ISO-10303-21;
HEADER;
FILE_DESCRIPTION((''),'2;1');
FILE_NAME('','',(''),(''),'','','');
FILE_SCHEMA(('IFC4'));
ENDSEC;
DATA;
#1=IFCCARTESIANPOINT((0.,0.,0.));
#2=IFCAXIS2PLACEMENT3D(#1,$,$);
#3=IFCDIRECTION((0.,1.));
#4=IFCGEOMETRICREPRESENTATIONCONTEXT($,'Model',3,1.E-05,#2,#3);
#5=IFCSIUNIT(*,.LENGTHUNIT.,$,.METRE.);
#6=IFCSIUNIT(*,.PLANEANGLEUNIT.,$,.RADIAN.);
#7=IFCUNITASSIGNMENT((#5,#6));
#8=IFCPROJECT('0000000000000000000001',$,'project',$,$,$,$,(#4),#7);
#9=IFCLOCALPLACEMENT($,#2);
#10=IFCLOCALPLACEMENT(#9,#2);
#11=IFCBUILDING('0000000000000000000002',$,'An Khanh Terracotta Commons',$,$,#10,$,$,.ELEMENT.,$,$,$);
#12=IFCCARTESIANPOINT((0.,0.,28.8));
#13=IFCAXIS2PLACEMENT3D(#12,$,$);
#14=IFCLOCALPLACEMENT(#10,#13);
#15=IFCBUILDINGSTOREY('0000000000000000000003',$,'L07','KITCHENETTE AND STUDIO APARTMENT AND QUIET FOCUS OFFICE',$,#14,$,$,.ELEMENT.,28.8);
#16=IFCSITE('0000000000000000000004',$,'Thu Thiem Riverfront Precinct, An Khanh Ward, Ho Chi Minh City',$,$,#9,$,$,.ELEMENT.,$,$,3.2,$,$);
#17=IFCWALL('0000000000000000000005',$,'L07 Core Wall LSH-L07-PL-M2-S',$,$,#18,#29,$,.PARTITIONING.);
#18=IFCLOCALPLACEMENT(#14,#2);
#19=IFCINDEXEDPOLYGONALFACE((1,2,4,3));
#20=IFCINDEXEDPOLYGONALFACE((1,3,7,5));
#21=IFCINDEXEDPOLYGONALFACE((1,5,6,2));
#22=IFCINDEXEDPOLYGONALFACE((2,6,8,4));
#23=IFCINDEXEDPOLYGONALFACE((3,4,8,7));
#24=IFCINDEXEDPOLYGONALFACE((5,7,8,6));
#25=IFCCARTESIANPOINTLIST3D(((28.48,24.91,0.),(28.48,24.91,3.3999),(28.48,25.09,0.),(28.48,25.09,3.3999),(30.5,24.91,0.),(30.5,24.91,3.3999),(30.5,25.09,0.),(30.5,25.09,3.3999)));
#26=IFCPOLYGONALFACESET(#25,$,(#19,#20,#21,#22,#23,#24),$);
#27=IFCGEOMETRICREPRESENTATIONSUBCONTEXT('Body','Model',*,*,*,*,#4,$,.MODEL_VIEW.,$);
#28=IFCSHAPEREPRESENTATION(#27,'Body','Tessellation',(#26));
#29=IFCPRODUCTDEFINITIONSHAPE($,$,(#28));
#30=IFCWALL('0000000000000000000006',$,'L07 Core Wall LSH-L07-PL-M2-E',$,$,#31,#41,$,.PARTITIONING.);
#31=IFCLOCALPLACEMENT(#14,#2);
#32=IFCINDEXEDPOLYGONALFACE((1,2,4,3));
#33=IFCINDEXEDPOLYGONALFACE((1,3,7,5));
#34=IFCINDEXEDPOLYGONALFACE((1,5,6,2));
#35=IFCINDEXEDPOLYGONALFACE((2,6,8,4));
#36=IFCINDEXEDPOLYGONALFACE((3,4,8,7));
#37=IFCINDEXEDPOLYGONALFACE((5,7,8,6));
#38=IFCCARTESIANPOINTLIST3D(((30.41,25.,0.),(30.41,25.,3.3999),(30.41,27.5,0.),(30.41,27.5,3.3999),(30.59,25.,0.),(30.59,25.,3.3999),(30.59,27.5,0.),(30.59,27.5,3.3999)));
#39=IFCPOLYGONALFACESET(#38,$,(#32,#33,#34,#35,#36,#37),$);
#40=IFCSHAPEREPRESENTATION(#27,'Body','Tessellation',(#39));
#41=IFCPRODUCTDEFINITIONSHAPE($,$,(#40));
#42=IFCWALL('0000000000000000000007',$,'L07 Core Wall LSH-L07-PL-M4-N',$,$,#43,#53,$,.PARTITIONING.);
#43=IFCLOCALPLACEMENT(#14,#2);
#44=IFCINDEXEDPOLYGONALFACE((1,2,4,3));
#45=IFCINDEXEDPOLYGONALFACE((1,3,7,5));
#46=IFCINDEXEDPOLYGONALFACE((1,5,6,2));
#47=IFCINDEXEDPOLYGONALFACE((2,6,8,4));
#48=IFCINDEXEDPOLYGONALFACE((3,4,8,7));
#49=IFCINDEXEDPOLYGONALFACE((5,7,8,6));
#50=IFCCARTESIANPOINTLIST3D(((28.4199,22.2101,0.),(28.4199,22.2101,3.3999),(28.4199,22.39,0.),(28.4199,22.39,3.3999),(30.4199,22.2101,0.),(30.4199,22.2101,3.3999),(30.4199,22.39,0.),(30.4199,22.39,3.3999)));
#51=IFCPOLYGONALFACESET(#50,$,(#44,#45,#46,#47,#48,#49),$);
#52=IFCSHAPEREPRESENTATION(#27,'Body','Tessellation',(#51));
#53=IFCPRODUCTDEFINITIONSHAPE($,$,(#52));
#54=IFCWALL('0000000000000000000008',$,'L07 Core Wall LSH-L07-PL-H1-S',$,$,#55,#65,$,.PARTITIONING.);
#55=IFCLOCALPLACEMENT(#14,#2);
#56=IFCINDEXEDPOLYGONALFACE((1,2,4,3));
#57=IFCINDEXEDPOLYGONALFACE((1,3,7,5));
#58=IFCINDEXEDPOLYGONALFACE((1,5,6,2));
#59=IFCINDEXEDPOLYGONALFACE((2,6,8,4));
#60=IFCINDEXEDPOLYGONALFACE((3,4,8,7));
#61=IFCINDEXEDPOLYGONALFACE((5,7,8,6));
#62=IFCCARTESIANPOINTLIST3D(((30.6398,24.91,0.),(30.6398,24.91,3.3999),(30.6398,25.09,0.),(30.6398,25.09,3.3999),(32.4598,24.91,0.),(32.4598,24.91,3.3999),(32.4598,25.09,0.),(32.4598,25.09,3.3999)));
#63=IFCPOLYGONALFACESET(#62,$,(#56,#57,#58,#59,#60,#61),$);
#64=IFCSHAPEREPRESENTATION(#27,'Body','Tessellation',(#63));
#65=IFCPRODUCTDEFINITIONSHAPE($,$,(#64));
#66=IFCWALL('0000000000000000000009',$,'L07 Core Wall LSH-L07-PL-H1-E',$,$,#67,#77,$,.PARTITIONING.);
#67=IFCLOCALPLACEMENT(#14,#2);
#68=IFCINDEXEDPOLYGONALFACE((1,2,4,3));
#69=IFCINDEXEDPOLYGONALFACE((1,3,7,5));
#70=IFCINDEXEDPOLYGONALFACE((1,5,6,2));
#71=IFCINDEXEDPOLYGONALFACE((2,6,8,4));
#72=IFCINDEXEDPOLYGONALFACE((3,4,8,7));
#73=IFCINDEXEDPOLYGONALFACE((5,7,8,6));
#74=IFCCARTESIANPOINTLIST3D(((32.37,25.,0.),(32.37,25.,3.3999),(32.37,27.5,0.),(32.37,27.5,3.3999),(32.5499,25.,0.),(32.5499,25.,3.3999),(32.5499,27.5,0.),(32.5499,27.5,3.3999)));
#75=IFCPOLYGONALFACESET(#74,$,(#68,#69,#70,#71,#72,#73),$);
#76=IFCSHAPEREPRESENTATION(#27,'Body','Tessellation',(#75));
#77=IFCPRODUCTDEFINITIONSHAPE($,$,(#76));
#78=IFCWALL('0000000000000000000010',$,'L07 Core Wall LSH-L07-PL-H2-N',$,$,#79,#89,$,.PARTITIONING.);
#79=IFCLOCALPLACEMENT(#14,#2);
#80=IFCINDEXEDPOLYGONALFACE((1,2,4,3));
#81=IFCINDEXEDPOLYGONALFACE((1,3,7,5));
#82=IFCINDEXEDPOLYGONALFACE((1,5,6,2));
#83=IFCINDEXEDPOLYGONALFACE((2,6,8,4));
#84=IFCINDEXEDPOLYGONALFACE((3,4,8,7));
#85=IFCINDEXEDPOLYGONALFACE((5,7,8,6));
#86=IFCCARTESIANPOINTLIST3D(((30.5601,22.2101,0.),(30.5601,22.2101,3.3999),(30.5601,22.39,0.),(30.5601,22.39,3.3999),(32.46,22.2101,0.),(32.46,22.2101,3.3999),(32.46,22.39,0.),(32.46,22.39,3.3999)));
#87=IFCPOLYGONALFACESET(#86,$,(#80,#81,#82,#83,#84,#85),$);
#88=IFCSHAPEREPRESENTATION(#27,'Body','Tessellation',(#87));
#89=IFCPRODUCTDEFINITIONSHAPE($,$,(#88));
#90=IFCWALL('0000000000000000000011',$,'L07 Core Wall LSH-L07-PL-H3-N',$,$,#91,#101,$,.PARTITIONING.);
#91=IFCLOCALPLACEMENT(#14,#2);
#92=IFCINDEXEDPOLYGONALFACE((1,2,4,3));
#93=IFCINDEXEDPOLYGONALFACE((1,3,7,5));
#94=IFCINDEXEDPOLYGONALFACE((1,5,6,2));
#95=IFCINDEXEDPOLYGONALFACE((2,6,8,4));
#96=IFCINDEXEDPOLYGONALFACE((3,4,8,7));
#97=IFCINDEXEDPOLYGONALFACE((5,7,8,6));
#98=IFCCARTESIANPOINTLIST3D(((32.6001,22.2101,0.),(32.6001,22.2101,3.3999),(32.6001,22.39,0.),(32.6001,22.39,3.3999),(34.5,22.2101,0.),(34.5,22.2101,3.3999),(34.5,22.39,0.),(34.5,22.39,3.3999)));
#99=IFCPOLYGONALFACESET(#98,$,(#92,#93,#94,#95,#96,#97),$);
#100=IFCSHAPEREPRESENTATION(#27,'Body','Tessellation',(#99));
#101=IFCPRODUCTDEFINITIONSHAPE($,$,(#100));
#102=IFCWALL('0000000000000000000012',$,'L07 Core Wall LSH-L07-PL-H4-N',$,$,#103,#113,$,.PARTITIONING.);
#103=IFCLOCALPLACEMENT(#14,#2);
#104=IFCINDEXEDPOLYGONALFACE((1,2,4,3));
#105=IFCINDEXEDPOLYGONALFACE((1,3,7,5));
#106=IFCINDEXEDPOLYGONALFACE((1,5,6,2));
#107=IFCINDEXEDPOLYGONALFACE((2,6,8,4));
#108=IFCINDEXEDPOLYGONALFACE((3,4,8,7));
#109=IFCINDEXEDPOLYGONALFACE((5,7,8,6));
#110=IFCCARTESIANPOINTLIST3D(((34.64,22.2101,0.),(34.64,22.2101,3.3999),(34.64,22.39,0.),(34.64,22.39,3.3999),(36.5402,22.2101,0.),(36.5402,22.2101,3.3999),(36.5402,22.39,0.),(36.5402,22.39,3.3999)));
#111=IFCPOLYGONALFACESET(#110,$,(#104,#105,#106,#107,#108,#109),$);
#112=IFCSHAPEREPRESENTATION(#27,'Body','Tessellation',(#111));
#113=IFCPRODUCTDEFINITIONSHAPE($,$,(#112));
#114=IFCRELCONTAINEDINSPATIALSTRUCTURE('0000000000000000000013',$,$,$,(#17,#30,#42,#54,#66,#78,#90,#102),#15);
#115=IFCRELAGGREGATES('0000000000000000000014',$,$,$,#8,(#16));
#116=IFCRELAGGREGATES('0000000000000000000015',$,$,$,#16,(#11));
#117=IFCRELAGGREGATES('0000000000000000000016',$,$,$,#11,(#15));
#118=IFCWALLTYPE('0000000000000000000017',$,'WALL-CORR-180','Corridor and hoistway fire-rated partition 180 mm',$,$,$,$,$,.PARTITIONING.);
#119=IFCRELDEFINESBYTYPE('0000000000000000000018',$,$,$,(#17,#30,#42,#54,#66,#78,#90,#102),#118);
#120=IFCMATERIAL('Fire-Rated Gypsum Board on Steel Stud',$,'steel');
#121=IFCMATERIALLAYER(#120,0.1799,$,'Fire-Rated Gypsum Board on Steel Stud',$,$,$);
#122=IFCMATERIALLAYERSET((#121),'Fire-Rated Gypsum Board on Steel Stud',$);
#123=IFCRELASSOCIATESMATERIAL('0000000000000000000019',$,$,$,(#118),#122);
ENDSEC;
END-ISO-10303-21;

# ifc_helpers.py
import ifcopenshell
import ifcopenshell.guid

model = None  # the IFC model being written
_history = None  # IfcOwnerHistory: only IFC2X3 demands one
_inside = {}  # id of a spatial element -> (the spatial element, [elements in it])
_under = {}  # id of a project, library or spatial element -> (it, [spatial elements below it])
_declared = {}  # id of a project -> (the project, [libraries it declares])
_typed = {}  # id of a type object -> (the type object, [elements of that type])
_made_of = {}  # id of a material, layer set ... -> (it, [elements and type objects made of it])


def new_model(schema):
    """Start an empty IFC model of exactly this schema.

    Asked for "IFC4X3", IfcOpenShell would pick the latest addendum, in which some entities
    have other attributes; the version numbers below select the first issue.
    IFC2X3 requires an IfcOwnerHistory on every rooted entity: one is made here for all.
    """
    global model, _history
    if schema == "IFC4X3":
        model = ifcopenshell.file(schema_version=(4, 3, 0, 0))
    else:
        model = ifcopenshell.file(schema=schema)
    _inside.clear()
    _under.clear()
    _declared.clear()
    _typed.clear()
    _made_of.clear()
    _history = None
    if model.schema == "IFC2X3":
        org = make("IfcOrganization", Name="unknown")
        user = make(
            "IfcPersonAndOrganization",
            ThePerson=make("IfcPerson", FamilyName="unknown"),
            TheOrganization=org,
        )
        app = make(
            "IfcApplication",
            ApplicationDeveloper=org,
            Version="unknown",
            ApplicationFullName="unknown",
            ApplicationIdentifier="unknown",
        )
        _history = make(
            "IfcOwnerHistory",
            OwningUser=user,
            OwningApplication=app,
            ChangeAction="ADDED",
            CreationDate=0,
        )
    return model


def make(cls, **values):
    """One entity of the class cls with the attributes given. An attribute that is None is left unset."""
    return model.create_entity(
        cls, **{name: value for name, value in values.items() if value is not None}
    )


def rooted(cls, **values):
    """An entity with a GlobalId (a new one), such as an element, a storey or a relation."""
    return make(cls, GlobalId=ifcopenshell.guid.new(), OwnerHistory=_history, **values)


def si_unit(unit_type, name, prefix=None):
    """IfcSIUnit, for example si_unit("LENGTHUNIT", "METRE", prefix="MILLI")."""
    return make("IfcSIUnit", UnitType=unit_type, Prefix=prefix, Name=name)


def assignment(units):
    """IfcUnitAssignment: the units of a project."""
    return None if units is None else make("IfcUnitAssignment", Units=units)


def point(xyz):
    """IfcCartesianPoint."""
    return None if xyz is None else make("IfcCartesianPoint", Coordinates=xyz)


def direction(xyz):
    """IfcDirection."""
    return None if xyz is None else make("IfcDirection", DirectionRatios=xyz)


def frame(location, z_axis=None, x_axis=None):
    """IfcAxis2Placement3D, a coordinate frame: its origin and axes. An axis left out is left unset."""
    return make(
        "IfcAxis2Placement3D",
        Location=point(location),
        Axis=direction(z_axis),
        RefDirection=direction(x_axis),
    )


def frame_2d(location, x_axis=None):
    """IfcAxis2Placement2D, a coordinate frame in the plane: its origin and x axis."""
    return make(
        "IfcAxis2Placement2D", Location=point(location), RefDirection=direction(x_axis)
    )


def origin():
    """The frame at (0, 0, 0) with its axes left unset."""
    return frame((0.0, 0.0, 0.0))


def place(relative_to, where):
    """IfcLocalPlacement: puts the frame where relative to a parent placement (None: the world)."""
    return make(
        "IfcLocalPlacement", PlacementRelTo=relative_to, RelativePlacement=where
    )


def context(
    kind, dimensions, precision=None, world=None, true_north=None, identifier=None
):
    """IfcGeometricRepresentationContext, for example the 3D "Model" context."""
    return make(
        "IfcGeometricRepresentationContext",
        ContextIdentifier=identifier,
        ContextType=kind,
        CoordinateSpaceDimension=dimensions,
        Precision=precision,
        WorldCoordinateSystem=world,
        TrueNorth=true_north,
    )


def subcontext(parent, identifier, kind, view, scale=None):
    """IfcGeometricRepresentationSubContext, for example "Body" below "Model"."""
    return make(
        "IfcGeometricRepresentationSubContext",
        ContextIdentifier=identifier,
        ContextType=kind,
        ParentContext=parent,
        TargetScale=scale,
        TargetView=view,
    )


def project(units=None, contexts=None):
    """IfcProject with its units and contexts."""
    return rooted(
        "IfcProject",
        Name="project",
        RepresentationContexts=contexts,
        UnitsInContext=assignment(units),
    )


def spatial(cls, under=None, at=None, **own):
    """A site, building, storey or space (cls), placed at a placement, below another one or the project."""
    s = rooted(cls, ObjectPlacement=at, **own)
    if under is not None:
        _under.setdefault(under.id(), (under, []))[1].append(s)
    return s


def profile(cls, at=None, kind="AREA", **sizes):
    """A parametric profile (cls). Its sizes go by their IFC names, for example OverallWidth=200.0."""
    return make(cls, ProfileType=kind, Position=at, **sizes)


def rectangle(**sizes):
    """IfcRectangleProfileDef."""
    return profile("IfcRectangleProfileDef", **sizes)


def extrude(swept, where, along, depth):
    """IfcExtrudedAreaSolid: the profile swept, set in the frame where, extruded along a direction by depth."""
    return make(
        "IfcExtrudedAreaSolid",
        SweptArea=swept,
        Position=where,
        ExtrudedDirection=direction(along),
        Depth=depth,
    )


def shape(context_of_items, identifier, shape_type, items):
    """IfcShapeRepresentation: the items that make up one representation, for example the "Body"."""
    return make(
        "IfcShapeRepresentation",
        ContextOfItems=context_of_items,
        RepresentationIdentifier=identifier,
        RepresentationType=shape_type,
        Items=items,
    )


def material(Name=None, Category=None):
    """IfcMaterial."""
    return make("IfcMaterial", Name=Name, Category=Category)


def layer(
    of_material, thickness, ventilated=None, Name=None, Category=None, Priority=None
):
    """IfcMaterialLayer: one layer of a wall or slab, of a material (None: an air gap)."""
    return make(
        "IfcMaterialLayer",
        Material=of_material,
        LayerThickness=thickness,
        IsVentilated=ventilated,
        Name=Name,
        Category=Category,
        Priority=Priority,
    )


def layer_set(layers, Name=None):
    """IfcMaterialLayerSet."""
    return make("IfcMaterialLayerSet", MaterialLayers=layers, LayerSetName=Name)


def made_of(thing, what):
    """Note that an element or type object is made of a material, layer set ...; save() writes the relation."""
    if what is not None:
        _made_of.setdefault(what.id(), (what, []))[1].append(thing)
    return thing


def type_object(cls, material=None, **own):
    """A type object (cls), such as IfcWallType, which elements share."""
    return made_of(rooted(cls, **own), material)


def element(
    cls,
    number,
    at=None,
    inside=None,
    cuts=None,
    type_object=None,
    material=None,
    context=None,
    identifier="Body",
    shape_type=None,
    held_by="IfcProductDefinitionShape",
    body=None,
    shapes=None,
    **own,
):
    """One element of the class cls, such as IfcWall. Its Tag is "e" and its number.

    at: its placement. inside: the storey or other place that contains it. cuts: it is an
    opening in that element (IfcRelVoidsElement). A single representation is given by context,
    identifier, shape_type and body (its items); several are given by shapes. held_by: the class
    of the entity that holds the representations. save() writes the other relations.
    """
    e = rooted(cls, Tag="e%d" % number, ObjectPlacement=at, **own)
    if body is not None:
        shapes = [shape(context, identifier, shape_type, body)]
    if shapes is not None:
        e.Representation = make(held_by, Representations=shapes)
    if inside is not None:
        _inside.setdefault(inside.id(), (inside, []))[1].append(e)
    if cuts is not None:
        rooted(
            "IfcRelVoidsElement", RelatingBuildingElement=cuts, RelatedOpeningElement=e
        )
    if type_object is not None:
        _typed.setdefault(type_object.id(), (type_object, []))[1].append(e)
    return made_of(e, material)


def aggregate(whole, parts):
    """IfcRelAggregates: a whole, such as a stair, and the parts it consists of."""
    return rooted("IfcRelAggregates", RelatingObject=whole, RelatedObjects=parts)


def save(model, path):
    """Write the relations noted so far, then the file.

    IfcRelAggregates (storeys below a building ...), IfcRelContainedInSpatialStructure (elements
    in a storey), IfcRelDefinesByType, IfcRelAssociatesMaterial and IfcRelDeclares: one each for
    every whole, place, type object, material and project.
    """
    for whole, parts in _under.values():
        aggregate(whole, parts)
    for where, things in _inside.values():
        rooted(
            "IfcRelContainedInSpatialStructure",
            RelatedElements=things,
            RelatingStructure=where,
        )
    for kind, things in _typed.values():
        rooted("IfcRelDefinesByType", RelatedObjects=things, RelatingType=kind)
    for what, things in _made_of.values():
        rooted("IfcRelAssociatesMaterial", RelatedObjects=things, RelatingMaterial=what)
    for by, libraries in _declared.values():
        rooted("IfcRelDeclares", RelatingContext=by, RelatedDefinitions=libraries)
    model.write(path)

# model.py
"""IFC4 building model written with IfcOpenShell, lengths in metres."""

from ifc_helpers import new_model, si_unit, direction, frame, frame_2d, origin, place, context, subcontext, project, spatial, rectangle, extrude, material, layer, layer_set, type_object, element, save


model = new_model("IFC4")

# Units and contexts
model_context = context("Model", 3, precision=1e-05, world=origin(), true_north=direction((0.0, 1.0)))
body_context = subcontext(model_context, "Body", "Model", "MODEL_VIEW")
ifc_project = project(units=[si_unit("LENGTHUNIT", "METRE"), si_unit("PLANEANGLEUNIT", "RADIAN")], contexts=[model_context])

# Site, building, storey
site_placement = place(None, origin())
site = spatial("IfcSite", under=ifc_project, at=site_placement, Name="Thu Thiem Riverfront Precinct, An Khanh Ward, Ho Chi Minh City", CompositionType="ELEMENT", RefElevation=3.2)
building_placement = place(site_placement, origin())
building = spatial("IfcBuilding", under=site, at=building_placement, Name="An Khanh Terracotta Commons", CompositionType="ELEMENT")
storey_placement = place(building_placement, frame((0.0, 0.0, 28.8)))
storey = spatial("IfcBuildingStorey", under=building, at=storey_placement, Name="L07", Description="KITCHENETTE AND STUDIO APARTMENT AND QUIET FOCUS OFFICE", CompositionType="ELEMENT", Elevation=28.8)

# Shared definitions
ifc_material_1 = material(Name="Fire-Rated Gypsum Board on Steel Stud", Category="steel")
ifc_layer = layer(ifc_material_1, 0.1799, Name="Fire-Rated Gypsum Board on Steel Stud")
ifc_layer_set = layer_set([ifc_layer], Name="Fire-Rated Gypsum Board on Steel Stud")
wall_type = type_object("IfcWallType", Name="WALL-CORR-180", Description="Corridor and hoistway fire-rated partition 180 mm", PredefinedType="PARTITIONING", material=ifc_layer_set)

# Walls
wall_1_placement = place(storey_placement, frame((30.5, 25.0, 0.0), z_axis=(0.0, 0.0, 1.0), x_axis=(-1.0, 0.0, 0.0)))
element("IfcWall", 1, at=wall_1_placement, inside=storey, type_object=wall_type, Name="L07 Core Wall LSH-L07-PL-M2-S", PredefinedType="PARTITIONING", context=body_context, shape_type="SweptSolid", body=[
    extrude(rectangle(XDim=2.02, YDim=0.1799, at=frame_2d((1.01, 0.0))), origin(), (0.0, 0.0, 1.0), 3.3999),
])
wall_2_placement = place(storey_placement, frame((30.5, 25.0, 0.0), z_axis=(0.0, 0.0, 1.0), x_axis=(0.0, 1.0, 0.0)))
element("IfcWall", 2, at=wall_2_placement, inside=storey, type_object=wall_type, Name="L07 Core Wall LSH-L07-PL-M2-E", PredefinedType="PARTITIONING", context=body_context, shape_type="SweptSolid", body=[
    extrude(rectangle(XDim=2.5, YDim=0.1799, at=frame_2d((1.25, 0.0))), origin(), (0.0, 0.0, 1.0), 3.3999),
])
wall_3_placement = place(storey_placement, frame((28.4199, 22.3, 0.0), z_axis=(0.0, 0.0, 1.0), x_axis=(1.0, 0.0, 0.0)))
element("IfcWall", 3, at=wall_3_placement, inside=storey, type_object=wall_type, Name="L07 Core Wall LSH-L07-PL-M4-N", PredefinedType="PARTITIONING", context=body_context, shape_type="SweptSolid", body=[
    extrude(rectangle(XDim=2.0, YDim=0.1799, at=frame_2d((1.0, 0.0))), origin(), (0.0, 0.0, 1.0), 3.3999),
])
wall_4_placement = place(storey_placement, frame((32.46, 25.0, 0.0), z_axis=(0.0, 0.0, 1.0), x_axis=(-1.0, 0.0, 0.0)))
element("IfcWall", 4, at=wall_4_placement, inside=storey, type_object=wall_type, Name="L07 Core Wall LSH-L07-PL-H1-S", PredefinedType="PARTITIONING", context=body_context, shape_type="SweptSolid", body=[
    extrude(rectangle(XDim=1.8201, YDim=0.1799, at=frame_2d((0.9102, 0.0))), origin(), (0.0, 0.0, 1.0), 3.3999),
])
wall_5_placement = place(storey_placement, frame((32.46, 25.0, 0.0), z_axis=(0.0, 0.0, 1.0), x_axis=(0.0, 1.0, 0.0)))
element("IfcWall", 5, at=wall_5_placement, inside=storey, type_object=wall_type, Name="L07 Core Wall LSH-L07-PL-H1-E", PredefinedType="PARTITIONING", context=body_context, shape_type="SweptSolid", body=[
    extrude(rectangle(XDim=2.5, YDim=0.1799, at=frame_2d((1.25, 0.0))), origin(), (0.0, 0.0, 1.0), 3.3999),
])
for number, where, z_axis, x_axis, name in (
    (6, (30.5601, 22.3, 0.0), (0.0, 0.0, 1.0), (1.0, 0.0, 0.0), "L07 Core Wall LSH-L07-PL-H2-N"),
    (7, (32.6001, 22.3, 0.0), (0.0, 0.0, 1.0), (1.0, 0.0, 0.0), "L07 Core Wall LSH-L07-PL-H3-N"),
):
    element("IfcWall", number, at=place(storey_placement, frame(where, z_axis=z_axis, x_axis=x_axis)), inside=storey, type_object=wall_type, Name=name, PredefinedType="PARTITIONING", context=body_context, shape_type="SweptSolid", body=[
        extrude(rectangle(XDim=1.8999, YDim=0.1799, at=frame_2d((0.95, 0.0))), origin(), (0.0, 0.0, 1.0), 3.3999),
    ])
wall_6_placement = place(storey_placement, frame((34.6399, 22.3, 0.0), z_axis=(0.0, 0.0, 1.0), x_axis=(1.0, 0.0, 0.0)))
element("IfcWall", 8, at=wall_6_placement, inside=storey, type_object=wall_type, Name="L07 Core Wall LSH-L07-PL-H4-N", PredefinedType="PARTITIONING", context=body_context, shape_type="SweptSolid", body=[
    extrude(rectangle(XDim=1.9001, YDim=0.1799, at=frame_2d((0.9502, 0.0))), origin(), (0.0, 0.0, 1.0), 3.3999),
])

save(model, "model.ifc")
